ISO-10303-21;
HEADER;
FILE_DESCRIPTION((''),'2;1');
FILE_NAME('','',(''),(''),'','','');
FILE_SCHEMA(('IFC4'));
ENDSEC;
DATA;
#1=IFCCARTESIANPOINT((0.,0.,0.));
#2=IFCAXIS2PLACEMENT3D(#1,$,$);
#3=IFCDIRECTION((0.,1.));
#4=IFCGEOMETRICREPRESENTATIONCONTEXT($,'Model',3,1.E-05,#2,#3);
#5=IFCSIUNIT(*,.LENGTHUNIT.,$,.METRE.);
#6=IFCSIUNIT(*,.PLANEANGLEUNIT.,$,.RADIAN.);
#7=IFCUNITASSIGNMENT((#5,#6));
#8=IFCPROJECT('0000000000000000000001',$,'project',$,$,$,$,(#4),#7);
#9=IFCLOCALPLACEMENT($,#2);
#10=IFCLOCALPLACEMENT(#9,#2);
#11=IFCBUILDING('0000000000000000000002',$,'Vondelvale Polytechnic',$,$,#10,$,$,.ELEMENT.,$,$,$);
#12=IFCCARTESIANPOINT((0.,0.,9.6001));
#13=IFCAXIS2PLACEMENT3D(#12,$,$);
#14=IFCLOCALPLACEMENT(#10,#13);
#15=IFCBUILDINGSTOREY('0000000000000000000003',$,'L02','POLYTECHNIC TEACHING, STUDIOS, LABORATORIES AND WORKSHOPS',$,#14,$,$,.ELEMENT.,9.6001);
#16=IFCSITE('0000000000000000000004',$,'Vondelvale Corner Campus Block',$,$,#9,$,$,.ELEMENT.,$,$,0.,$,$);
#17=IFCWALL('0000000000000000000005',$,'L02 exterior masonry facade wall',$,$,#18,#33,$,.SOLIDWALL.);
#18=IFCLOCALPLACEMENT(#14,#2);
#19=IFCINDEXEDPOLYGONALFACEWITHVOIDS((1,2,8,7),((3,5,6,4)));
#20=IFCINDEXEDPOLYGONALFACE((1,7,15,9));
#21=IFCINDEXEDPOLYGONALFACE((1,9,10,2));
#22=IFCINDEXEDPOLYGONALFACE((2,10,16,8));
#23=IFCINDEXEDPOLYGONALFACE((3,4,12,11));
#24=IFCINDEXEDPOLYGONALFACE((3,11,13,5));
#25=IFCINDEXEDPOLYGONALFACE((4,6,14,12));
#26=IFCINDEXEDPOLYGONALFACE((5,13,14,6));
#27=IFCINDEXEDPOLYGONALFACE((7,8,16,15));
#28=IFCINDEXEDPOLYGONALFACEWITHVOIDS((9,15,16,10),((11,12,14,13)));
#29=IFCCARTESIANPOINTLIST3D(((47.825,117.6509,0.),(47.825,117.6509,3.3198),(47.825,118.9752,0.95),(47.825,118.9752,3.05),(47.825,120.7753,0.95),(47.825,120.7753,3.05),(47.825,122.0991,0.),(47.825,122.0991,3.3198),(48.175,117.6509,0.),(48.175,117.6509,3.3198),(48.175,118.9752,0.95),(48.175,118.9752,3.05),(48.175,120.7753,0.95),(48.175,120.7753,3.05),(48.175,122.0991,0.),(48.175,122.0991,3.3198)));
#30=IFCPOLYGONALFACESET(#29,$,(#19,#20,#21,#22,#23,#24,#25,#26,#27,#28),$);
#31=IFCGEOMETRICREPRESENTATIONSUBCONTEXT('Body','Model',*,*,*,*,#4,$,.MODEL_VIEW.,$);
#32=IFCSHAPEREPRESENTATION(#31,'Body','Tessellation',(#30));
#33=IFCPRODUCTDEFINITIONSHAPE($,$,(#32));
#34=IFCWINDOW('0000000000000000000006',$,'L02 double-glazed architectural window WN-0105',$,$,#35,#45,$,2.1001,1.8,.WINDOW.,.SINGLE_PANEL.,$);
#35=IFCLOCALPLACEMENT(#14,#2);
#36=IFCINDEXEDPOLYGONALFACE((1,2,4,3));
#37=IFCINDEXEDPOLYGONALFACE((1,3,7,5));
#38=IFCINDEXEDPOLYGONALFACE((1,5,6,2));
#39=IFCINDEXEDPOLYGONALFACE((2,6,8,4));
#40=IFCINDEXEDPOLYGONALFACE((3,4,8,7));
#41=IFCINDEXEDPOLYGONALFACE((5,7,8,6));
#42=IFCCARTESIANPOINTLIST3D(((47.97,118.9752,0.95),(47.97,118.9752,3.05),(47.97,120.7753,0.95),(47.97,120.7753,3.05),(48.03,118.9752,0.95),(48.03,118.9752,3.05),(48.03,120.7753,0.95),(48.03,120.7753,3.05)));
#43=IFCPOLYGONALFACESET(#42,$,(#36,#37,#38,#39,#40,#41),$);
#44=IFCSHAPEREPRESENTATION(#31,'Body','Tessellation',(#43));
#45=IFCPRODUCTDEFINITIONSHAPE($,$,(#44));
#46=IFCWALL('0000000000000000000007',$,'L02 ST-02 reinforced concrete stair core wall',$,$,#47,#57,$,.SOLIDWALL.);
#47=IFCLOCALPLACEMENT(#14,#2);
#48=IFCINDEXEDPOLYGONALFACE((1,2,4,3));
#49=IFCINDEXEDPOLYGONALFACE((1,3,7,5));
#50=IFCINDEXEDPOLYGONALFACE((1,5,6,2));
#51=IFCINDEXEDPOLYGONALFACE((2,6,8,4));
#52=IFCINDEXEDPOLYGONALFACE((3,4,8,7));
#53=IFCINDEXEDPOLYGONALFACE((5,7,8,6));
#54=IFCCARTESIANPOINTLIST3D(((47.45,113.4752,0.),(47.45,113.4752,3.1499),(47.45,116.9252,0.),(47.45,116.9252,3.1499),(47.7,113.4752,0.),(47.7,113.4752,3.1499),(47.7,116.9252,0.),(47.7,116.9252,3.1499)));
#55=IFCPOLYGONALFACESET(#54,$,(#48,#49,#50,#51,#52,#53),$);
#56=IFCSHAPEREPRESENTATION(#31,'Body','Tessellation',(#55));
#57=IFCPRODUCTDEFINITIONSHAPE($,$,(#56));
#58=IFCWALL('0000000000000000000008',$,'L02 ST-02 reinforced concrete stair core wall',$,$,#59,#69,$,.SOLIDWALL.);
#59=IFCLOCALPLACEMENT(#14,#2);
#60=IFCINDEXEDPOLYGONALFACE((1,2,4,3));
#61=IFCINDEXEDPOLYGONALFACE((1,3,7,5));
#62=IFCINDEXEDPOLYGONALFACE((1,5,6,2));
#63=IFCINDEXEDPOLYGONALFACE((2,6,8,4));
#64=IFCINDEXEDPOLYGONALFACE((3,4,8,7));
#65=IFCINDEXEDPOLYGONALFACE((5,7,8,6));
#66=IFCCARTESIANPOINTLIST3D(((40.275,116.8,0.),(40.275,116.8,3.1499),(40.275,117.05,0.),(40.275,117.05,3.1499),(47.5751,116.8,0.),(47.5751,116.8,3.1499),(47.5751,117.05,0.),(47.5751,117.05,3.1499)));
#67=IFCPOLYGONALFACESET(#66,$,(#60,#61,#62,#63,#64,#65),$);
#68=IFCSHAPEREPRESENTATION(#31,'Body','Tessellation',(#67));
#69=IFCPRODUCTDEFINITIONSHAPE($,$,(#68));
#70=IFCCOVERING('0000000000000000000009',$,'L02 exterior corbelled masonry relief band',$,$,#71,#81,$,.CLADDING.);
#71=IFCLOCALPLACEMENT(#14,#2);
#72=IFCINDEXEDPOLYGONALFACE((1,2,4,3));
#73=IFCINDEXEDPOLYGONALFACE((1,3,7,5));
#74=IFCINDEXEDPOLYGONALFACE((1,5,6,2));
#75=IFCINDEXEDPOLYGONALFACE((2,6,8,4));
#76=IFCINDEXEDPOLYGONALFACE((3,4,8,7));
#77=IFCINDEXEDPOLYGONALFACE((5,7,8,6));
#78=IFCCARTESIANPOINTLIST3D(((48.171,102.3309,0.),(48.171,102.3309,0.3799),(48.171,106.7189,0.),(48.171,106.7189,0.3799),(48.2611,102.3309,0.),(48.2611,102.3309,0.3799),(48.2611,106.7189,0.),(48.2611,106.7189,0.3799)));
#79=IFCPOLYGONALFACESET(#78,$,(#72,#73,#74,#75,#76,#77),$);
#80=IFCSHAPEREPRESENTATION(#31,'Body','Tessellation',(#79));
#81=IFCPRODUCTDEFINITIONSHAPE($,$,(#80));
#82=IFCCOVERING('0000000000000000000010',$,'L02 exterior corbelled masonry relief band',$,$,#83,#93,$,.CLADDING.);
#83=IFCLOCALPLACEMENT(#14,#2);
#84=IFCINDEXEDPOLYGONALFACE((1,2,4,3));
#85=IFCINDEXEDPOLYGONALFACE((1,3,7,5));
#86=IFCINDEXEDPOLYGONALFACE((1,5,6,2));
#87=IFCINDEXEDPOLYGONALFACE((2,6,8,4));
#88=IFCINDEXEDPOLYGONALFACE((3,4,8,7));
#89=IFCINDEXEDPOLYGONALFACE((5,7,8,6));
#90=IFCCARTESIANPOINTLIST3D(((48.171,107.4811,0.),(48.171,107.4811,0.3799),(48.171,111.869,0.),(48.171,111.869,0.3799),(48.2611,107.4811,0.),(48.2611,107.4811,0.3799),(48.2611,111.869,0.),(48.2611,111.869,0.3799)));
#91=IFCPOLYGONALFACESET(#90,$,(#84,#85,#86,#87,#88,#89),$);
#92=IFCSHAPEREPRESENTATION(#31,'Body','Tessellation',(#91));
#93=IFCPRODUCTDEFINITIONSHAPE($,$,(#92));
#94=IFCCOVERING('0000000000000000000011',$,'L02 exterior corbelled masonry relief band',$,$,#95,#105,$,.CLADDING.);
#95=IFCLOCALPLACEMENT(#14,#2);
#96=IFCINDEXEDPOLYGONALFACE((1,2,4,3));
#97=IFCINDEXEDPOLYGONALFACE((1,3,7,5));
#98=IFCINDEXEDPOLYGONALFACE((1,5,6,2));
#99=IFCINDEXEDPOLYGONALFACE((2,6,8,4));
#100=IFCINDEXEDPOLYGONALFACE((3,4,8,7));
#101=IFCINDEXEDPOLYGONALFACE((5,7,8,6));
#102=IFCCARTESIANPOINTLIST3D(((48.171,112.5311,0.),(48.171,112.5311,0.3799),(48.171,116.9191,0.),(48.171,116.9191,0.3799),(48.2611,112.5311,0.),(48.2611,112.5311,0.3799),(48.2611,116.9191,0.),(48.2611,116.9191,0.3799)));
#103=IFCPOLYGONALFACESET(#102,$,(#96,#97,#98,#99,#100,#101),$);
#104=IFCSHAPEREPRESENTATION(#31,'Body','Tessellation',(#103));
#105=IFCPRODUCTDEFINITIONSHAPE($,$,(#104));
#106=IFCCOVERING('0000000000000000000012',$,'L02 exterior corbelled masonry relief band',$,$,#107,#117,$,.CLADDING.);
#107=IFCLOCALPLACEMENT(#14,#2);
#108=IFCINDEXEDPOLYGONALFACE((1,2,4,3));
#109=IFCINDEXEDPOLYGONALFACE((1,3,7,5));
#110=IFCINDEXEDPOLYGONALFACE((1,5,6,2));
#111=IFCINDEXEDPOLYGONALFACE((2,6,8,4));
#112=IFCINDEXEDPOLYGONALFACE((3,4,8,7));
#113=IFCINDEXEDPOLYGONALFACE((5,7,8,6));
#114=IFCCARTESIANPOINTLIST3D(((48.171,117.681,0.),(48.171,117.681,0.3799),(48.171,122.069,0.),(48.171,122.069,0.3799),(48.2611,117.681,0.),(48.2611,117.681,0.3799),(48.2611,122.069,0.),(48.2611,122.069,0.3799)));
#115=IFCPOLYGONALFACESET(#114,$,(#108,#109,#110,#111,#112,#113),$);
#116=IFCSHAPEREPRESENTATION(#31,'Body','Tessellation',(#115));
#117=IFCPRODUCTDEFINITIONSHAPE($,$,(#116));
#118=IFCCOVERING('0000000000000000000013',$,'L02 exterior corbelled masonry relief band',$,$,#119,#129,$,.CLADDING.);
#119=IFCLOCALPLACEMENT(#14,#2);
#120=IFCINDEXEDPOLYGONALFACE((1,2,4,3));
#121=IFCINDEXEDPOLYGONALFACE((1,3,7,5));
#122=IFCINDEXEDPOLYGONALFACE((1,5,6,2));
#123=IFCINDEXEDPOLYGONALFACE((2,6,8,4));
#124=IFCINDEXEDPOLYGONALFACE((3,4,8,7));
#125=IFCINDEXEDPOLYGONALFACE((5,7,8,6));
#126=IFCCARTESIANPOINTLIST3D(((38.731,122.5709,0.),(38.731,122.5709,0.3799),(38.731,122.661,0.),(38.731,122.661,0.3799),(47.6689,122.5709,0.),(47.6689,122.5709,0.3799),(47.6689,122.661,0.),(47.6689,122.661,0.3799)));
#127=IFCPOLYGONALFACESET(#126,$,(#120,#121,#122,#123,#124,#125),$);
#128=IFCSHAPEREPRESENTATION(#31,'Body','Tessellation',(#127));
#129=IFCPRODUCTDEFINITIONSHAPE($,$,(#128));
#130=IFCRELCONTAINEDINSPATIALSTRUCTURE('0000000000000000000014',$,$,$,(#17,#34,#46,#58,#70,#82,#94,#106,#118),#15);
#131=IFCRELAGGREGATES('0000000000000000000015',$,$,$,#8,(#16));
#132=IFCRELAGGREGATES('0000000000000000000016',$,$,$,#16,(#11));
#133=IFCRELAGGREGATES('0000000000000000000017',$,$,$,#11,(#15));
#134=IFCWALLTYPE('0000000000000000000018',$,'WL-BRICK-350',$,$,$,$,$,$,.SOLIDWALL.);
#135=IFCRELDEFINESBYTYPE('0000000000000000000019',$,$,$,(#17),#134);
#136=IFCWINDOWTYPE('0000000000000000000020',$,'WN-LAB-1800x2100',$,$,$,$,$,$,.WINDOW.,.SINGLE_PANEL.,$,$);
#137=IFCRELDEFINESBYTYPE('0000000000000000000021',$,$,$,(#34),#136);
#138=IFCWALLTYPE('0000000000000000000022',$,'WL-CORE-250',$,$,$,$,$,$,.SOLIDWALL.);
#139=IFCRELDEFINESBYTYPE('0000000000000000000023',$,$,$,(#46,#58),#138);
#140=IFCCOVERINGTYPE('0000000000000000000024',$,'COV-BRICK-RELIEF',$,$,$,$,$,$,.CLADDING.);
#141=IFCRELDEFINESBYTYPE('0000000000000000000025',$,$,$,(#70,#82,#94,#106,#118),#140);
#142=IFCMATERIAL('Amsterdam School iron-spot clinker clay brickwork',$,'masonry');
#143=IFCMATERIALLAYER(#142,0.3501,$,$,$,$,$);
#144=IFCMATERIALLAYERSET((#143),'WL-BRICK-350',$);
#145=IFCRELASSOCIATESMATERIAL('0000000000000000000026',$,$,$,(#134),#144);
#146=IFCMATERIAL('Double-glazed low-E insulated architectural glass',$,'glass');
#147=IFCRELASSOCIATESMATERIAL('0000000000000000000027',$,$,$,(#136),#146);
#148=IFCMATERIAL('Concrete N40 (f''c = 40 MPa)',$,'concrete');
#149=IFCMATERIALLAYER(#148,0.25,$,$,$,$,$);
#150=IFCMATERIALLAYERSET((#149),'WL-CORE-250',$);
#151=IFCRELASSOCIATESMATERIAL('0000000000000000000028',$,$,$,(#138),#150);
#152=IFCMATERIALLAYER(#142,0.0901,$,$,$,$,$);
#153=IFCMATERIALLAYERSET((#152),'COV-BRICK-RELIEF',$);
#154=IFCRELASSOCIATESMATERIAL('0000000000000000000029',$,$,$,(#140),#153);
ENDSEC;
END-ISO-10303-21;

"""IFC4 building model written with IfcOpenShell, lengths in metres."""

from ifc_helpers import new_model, si_unit, direction, frame, frame_2d, origin, origin_2d, place, context, subcontext, project, spatial, rectangle, extrude, material, layer, layer_set, type_object, element, fill, save


model = new_model("IFC4")

# Units and contexts
model_context = context("Model", 3, precision=1e-05, world=origin(), true_north=direction((0.0, 1.0)))
body_context = subcontext(model_context, "Body", "Model", "MODEL_VIEW")
ifc_project = project(units=[si_unit("LENGTHUNIT", "METRE"), si_unit("PLANEANGLEUNIT", "RADIAN")], contexts=[model_context])

# Site, building, storey
site_placement = place(None, origin())
site = spatial("IfcSite", under=ifc_project, at=site_placement, Name="Vondelvale Corner Campus Block", CompositionType="ELEMENT", RefElevation=0.0)
building_placement = place(site_placement, origin())
building = spatial("IfcBuilding", under=site, at=building_placement, Name="Vondelvale Polytechnic", CompositionType="ELEMENT")
storey_placement = place(building_placement, frame((0.0, 0.0, 9.6001)))
storey = spatial("IfcBuildingStorey", under=building, at=storey_placement, Name="L02", Description="POLYTECHNIC TEACHING, STUDIOS, LABORATORIES AND WORKSHOPS", CompositionType="ELEMENT", Elevation=9.6001)

# Shared definitions
ifc_material_1 = material(Name="Concrete N40 (f'c = 40 MPa)", Category="concrete")

# Wall, opening, window
ifc_material_2 = material(Name="Amsterdam School iron-spot clinker clay brickwork", Category="masonry")
ifc_layer_1 = layer(ifc_material_2, 0.3501)
ifc_layer_set_1 = layer_set([ifc_layer_1], Name="WL-BRICK-350")
wall_type_1 = type_object("IfcWallType", Name="WL-BRICK-350", PredefinedType="SOLIDWALL", material=ifc_layer_set_1)
ifc_material_3 = material(Name="Double-glazed low-E insulated architectural glass", Category="glass")
window_type_1 = type_object("IfcWindowType", Name="WN-LAB-1800x2100", PartitioningType="SINGLE_PANEL", PredefinedType="WINDOW", material=ifc_material_3)
wall_1_placement = place(storey_placement, frame((48.0, 122.0991, 0.0), z_axis=(0.0, 0.0, 1.0), x_axis=(0.0, -1.0, 0.0)))
wall_1 = element("IfcWall", 1, at=wall_1_placement, inside=storey, type_object=wall_type_1, Name="L02 exterior masonry facade wall", PredefinedType="SOLIDWALL", context=body_context, shape_type="SweptSolid", body=[
    extrude(rectangle(XDim=4.4482, YDim=0.3501, at=frame_2d((2.2241, 0.0))), origin(), (0.0, 0.0, 1.0), 3.3198),
])
opening_1_placement = place(wall_1_placement, frame((1.324, 0.0, 0.95)))
opening_1 = element("IfcOpeningElement", 2, at=opening_1_placement, cuts=wall_1, PredefinedType="OPENING", context=body_context, shape_type="SweptSolid", body=[
    extrude(rectangle(XDim=1.8, YDim=2.1001, at=frame_2d((0.8999, 1.05))), frame((0.0, 0.1851, 0.0), z_axis=(0.0, -1.0, 0.0), x_axis=(1.0, 0.0, 0.0)), (0.0, 0.0, 1.0), 0.3701),
])
window_1_placement = place(opening_1_placement, origin())
window_1 = element("IfcWindow", 3, at=window_1_placement, inside=storey, type_object=window_type_1, Name="L02 double-glazed architectural window WN-0105", OverallHeight=2.1001, OverallWidth=1.8, PartitioningType="SINGLE_PANEL", PredefinedType="WINDOW", context=body_context, shape_type="SweptSolid", body=[
    extrude(rectangle(XDim=1.8, YDim=2.1001, at=frame_2d((0.8999, 1.05))), frame((0.0, 0.03, 0.0), z_axis=(0.0, -1.0, 0.0), x_axis=(1.0, 0.0, 0.0)), (0.0, 0.0, 1.0), 0.0601),
])
fill(opening_1, window_1)

# Walls
ifc_layer_2 = layer(ifc_material_1, 0.25)
ifc_layer_set_2 = layer_set([ifc_layer_2], Name="WL-CORE-250")
wall_type_2 = type_object("IfcWallType", Name="WL-CORE-250", PredefinedType="SOLIDWALL", material=ifc_layer_set_2)
wall_2_placement = place(storey_placement, frame((47.575, 113.4751, 0.0), z_axis=(0.0, 0.0, 1.0), x_axis=(0.0, 1.0, 0.0)))
element("IfcWall", 4, at=wall_2_placement, inside=storey, type_object=wall_type_2, Name="L02 ST-02 reinforced concrete stair core wall", PredefinedType="SOLIDWALL", context=body_context, shape_type="SweptSolid", body=[
    extrude(rectangle(XDim=3.45, YDim=0.25, at=frame_2d((1.7251, 0.0))), origin(), (0.0, 0.0, 1.0), 3.1499),
])
wall_3_placement = place(storey_placement, frame((47.575, 116.925, 0.0), z_axis=(0.0, 0.0, 1.0), x_axis=(-1.0, 0.0, 0.0)))
element("IfcWall", 5, at=wall_3_placement, inside=storey, type_object=wall_type_2, Name="L02 ST-02 reinforced concrete stair core wall", PredefinedType="SOLIDWALL", context=body_context, shape_type="SweptSolid", body=[
    extrude(rectangle(XDim=7.3, YDim=0.25, at=frame_2d((3.6499, 0.0))), origin(), (0.0, 0.0, 1.0), 3.1499),
])

# Coverings
ifc_layer_3 = layer(ifc_material_2, 0.0901)
ifc_layer_set_3 = layer_set([ifc_layer_3], Name="COV-BRICK-RELIEF")
covering_type = type_object("IfcCoveringType", Name="COV-BRICK-RELIEF", PredefinedType="CLADDING", material=ifc_layer_set_3)
for number, where, z_axis, x_axis, name in (
    (6, (48.2161, 104.5249, 0.0), (0.0, 0.0, 1.0), (0.0, -1.0, 0.0), "L02 exterior corbelled masonry relief band"),
    (7, (48.2161, 109.675, 0.0), (0.0, 0.0, 1.0), (0.0, -1.0, 0.0), "L02 exterior corbelled masonry relief band"),
    (8, (48.2161, 114.7251, 0.0), (0.0, 0.0, 1.0), (0.0, -1.0, 0.0), "L02 exterior corbelled masonry relief band"),
    (9, (48.2161, 119.875, 0.0), (0.0, 0.0, 1.0), (0.0, -1.0, 0.0), "L02 exterior corbelled masonry relief band"),
):
    element("IfcCovering", number, at=place(storey_placement, frame(where, z_axis=z_axis, x_axis=x_axis)), inside=storey, type_object=covering_type, Name=name, PredefinedType="CLADDING", context=body_context, shape_type="SweptSolid", body=[
        extrude(rectangle(XDim=4.3879, YDim=0.0901, at=origin_2d()), origin(), (0.0, 0.0, 1.0), 0.3799),
    ])
covering_placement = place(storey_placement, frame((43.2, 122.616, 0.0), z_axis=(0.0, 0.0, 1.0), x_axis=(1.0, 0.0, 0.0)))
element("IfcCovering", 10, at=covering_placement, inside=storey, type_object=covering_type, Name="L02 exterior corbelled masonry relief band", PredefinedType="CLADDING", context=body_context, shape_type="SweptSolid", body=[
    extrude(rectangle(XDim=8.938, YDim=0.0901, at=origin_2d()), origin(), (0.0, 0.0, 1.0), 0.3799),
])

save(model, "model.ifc")
